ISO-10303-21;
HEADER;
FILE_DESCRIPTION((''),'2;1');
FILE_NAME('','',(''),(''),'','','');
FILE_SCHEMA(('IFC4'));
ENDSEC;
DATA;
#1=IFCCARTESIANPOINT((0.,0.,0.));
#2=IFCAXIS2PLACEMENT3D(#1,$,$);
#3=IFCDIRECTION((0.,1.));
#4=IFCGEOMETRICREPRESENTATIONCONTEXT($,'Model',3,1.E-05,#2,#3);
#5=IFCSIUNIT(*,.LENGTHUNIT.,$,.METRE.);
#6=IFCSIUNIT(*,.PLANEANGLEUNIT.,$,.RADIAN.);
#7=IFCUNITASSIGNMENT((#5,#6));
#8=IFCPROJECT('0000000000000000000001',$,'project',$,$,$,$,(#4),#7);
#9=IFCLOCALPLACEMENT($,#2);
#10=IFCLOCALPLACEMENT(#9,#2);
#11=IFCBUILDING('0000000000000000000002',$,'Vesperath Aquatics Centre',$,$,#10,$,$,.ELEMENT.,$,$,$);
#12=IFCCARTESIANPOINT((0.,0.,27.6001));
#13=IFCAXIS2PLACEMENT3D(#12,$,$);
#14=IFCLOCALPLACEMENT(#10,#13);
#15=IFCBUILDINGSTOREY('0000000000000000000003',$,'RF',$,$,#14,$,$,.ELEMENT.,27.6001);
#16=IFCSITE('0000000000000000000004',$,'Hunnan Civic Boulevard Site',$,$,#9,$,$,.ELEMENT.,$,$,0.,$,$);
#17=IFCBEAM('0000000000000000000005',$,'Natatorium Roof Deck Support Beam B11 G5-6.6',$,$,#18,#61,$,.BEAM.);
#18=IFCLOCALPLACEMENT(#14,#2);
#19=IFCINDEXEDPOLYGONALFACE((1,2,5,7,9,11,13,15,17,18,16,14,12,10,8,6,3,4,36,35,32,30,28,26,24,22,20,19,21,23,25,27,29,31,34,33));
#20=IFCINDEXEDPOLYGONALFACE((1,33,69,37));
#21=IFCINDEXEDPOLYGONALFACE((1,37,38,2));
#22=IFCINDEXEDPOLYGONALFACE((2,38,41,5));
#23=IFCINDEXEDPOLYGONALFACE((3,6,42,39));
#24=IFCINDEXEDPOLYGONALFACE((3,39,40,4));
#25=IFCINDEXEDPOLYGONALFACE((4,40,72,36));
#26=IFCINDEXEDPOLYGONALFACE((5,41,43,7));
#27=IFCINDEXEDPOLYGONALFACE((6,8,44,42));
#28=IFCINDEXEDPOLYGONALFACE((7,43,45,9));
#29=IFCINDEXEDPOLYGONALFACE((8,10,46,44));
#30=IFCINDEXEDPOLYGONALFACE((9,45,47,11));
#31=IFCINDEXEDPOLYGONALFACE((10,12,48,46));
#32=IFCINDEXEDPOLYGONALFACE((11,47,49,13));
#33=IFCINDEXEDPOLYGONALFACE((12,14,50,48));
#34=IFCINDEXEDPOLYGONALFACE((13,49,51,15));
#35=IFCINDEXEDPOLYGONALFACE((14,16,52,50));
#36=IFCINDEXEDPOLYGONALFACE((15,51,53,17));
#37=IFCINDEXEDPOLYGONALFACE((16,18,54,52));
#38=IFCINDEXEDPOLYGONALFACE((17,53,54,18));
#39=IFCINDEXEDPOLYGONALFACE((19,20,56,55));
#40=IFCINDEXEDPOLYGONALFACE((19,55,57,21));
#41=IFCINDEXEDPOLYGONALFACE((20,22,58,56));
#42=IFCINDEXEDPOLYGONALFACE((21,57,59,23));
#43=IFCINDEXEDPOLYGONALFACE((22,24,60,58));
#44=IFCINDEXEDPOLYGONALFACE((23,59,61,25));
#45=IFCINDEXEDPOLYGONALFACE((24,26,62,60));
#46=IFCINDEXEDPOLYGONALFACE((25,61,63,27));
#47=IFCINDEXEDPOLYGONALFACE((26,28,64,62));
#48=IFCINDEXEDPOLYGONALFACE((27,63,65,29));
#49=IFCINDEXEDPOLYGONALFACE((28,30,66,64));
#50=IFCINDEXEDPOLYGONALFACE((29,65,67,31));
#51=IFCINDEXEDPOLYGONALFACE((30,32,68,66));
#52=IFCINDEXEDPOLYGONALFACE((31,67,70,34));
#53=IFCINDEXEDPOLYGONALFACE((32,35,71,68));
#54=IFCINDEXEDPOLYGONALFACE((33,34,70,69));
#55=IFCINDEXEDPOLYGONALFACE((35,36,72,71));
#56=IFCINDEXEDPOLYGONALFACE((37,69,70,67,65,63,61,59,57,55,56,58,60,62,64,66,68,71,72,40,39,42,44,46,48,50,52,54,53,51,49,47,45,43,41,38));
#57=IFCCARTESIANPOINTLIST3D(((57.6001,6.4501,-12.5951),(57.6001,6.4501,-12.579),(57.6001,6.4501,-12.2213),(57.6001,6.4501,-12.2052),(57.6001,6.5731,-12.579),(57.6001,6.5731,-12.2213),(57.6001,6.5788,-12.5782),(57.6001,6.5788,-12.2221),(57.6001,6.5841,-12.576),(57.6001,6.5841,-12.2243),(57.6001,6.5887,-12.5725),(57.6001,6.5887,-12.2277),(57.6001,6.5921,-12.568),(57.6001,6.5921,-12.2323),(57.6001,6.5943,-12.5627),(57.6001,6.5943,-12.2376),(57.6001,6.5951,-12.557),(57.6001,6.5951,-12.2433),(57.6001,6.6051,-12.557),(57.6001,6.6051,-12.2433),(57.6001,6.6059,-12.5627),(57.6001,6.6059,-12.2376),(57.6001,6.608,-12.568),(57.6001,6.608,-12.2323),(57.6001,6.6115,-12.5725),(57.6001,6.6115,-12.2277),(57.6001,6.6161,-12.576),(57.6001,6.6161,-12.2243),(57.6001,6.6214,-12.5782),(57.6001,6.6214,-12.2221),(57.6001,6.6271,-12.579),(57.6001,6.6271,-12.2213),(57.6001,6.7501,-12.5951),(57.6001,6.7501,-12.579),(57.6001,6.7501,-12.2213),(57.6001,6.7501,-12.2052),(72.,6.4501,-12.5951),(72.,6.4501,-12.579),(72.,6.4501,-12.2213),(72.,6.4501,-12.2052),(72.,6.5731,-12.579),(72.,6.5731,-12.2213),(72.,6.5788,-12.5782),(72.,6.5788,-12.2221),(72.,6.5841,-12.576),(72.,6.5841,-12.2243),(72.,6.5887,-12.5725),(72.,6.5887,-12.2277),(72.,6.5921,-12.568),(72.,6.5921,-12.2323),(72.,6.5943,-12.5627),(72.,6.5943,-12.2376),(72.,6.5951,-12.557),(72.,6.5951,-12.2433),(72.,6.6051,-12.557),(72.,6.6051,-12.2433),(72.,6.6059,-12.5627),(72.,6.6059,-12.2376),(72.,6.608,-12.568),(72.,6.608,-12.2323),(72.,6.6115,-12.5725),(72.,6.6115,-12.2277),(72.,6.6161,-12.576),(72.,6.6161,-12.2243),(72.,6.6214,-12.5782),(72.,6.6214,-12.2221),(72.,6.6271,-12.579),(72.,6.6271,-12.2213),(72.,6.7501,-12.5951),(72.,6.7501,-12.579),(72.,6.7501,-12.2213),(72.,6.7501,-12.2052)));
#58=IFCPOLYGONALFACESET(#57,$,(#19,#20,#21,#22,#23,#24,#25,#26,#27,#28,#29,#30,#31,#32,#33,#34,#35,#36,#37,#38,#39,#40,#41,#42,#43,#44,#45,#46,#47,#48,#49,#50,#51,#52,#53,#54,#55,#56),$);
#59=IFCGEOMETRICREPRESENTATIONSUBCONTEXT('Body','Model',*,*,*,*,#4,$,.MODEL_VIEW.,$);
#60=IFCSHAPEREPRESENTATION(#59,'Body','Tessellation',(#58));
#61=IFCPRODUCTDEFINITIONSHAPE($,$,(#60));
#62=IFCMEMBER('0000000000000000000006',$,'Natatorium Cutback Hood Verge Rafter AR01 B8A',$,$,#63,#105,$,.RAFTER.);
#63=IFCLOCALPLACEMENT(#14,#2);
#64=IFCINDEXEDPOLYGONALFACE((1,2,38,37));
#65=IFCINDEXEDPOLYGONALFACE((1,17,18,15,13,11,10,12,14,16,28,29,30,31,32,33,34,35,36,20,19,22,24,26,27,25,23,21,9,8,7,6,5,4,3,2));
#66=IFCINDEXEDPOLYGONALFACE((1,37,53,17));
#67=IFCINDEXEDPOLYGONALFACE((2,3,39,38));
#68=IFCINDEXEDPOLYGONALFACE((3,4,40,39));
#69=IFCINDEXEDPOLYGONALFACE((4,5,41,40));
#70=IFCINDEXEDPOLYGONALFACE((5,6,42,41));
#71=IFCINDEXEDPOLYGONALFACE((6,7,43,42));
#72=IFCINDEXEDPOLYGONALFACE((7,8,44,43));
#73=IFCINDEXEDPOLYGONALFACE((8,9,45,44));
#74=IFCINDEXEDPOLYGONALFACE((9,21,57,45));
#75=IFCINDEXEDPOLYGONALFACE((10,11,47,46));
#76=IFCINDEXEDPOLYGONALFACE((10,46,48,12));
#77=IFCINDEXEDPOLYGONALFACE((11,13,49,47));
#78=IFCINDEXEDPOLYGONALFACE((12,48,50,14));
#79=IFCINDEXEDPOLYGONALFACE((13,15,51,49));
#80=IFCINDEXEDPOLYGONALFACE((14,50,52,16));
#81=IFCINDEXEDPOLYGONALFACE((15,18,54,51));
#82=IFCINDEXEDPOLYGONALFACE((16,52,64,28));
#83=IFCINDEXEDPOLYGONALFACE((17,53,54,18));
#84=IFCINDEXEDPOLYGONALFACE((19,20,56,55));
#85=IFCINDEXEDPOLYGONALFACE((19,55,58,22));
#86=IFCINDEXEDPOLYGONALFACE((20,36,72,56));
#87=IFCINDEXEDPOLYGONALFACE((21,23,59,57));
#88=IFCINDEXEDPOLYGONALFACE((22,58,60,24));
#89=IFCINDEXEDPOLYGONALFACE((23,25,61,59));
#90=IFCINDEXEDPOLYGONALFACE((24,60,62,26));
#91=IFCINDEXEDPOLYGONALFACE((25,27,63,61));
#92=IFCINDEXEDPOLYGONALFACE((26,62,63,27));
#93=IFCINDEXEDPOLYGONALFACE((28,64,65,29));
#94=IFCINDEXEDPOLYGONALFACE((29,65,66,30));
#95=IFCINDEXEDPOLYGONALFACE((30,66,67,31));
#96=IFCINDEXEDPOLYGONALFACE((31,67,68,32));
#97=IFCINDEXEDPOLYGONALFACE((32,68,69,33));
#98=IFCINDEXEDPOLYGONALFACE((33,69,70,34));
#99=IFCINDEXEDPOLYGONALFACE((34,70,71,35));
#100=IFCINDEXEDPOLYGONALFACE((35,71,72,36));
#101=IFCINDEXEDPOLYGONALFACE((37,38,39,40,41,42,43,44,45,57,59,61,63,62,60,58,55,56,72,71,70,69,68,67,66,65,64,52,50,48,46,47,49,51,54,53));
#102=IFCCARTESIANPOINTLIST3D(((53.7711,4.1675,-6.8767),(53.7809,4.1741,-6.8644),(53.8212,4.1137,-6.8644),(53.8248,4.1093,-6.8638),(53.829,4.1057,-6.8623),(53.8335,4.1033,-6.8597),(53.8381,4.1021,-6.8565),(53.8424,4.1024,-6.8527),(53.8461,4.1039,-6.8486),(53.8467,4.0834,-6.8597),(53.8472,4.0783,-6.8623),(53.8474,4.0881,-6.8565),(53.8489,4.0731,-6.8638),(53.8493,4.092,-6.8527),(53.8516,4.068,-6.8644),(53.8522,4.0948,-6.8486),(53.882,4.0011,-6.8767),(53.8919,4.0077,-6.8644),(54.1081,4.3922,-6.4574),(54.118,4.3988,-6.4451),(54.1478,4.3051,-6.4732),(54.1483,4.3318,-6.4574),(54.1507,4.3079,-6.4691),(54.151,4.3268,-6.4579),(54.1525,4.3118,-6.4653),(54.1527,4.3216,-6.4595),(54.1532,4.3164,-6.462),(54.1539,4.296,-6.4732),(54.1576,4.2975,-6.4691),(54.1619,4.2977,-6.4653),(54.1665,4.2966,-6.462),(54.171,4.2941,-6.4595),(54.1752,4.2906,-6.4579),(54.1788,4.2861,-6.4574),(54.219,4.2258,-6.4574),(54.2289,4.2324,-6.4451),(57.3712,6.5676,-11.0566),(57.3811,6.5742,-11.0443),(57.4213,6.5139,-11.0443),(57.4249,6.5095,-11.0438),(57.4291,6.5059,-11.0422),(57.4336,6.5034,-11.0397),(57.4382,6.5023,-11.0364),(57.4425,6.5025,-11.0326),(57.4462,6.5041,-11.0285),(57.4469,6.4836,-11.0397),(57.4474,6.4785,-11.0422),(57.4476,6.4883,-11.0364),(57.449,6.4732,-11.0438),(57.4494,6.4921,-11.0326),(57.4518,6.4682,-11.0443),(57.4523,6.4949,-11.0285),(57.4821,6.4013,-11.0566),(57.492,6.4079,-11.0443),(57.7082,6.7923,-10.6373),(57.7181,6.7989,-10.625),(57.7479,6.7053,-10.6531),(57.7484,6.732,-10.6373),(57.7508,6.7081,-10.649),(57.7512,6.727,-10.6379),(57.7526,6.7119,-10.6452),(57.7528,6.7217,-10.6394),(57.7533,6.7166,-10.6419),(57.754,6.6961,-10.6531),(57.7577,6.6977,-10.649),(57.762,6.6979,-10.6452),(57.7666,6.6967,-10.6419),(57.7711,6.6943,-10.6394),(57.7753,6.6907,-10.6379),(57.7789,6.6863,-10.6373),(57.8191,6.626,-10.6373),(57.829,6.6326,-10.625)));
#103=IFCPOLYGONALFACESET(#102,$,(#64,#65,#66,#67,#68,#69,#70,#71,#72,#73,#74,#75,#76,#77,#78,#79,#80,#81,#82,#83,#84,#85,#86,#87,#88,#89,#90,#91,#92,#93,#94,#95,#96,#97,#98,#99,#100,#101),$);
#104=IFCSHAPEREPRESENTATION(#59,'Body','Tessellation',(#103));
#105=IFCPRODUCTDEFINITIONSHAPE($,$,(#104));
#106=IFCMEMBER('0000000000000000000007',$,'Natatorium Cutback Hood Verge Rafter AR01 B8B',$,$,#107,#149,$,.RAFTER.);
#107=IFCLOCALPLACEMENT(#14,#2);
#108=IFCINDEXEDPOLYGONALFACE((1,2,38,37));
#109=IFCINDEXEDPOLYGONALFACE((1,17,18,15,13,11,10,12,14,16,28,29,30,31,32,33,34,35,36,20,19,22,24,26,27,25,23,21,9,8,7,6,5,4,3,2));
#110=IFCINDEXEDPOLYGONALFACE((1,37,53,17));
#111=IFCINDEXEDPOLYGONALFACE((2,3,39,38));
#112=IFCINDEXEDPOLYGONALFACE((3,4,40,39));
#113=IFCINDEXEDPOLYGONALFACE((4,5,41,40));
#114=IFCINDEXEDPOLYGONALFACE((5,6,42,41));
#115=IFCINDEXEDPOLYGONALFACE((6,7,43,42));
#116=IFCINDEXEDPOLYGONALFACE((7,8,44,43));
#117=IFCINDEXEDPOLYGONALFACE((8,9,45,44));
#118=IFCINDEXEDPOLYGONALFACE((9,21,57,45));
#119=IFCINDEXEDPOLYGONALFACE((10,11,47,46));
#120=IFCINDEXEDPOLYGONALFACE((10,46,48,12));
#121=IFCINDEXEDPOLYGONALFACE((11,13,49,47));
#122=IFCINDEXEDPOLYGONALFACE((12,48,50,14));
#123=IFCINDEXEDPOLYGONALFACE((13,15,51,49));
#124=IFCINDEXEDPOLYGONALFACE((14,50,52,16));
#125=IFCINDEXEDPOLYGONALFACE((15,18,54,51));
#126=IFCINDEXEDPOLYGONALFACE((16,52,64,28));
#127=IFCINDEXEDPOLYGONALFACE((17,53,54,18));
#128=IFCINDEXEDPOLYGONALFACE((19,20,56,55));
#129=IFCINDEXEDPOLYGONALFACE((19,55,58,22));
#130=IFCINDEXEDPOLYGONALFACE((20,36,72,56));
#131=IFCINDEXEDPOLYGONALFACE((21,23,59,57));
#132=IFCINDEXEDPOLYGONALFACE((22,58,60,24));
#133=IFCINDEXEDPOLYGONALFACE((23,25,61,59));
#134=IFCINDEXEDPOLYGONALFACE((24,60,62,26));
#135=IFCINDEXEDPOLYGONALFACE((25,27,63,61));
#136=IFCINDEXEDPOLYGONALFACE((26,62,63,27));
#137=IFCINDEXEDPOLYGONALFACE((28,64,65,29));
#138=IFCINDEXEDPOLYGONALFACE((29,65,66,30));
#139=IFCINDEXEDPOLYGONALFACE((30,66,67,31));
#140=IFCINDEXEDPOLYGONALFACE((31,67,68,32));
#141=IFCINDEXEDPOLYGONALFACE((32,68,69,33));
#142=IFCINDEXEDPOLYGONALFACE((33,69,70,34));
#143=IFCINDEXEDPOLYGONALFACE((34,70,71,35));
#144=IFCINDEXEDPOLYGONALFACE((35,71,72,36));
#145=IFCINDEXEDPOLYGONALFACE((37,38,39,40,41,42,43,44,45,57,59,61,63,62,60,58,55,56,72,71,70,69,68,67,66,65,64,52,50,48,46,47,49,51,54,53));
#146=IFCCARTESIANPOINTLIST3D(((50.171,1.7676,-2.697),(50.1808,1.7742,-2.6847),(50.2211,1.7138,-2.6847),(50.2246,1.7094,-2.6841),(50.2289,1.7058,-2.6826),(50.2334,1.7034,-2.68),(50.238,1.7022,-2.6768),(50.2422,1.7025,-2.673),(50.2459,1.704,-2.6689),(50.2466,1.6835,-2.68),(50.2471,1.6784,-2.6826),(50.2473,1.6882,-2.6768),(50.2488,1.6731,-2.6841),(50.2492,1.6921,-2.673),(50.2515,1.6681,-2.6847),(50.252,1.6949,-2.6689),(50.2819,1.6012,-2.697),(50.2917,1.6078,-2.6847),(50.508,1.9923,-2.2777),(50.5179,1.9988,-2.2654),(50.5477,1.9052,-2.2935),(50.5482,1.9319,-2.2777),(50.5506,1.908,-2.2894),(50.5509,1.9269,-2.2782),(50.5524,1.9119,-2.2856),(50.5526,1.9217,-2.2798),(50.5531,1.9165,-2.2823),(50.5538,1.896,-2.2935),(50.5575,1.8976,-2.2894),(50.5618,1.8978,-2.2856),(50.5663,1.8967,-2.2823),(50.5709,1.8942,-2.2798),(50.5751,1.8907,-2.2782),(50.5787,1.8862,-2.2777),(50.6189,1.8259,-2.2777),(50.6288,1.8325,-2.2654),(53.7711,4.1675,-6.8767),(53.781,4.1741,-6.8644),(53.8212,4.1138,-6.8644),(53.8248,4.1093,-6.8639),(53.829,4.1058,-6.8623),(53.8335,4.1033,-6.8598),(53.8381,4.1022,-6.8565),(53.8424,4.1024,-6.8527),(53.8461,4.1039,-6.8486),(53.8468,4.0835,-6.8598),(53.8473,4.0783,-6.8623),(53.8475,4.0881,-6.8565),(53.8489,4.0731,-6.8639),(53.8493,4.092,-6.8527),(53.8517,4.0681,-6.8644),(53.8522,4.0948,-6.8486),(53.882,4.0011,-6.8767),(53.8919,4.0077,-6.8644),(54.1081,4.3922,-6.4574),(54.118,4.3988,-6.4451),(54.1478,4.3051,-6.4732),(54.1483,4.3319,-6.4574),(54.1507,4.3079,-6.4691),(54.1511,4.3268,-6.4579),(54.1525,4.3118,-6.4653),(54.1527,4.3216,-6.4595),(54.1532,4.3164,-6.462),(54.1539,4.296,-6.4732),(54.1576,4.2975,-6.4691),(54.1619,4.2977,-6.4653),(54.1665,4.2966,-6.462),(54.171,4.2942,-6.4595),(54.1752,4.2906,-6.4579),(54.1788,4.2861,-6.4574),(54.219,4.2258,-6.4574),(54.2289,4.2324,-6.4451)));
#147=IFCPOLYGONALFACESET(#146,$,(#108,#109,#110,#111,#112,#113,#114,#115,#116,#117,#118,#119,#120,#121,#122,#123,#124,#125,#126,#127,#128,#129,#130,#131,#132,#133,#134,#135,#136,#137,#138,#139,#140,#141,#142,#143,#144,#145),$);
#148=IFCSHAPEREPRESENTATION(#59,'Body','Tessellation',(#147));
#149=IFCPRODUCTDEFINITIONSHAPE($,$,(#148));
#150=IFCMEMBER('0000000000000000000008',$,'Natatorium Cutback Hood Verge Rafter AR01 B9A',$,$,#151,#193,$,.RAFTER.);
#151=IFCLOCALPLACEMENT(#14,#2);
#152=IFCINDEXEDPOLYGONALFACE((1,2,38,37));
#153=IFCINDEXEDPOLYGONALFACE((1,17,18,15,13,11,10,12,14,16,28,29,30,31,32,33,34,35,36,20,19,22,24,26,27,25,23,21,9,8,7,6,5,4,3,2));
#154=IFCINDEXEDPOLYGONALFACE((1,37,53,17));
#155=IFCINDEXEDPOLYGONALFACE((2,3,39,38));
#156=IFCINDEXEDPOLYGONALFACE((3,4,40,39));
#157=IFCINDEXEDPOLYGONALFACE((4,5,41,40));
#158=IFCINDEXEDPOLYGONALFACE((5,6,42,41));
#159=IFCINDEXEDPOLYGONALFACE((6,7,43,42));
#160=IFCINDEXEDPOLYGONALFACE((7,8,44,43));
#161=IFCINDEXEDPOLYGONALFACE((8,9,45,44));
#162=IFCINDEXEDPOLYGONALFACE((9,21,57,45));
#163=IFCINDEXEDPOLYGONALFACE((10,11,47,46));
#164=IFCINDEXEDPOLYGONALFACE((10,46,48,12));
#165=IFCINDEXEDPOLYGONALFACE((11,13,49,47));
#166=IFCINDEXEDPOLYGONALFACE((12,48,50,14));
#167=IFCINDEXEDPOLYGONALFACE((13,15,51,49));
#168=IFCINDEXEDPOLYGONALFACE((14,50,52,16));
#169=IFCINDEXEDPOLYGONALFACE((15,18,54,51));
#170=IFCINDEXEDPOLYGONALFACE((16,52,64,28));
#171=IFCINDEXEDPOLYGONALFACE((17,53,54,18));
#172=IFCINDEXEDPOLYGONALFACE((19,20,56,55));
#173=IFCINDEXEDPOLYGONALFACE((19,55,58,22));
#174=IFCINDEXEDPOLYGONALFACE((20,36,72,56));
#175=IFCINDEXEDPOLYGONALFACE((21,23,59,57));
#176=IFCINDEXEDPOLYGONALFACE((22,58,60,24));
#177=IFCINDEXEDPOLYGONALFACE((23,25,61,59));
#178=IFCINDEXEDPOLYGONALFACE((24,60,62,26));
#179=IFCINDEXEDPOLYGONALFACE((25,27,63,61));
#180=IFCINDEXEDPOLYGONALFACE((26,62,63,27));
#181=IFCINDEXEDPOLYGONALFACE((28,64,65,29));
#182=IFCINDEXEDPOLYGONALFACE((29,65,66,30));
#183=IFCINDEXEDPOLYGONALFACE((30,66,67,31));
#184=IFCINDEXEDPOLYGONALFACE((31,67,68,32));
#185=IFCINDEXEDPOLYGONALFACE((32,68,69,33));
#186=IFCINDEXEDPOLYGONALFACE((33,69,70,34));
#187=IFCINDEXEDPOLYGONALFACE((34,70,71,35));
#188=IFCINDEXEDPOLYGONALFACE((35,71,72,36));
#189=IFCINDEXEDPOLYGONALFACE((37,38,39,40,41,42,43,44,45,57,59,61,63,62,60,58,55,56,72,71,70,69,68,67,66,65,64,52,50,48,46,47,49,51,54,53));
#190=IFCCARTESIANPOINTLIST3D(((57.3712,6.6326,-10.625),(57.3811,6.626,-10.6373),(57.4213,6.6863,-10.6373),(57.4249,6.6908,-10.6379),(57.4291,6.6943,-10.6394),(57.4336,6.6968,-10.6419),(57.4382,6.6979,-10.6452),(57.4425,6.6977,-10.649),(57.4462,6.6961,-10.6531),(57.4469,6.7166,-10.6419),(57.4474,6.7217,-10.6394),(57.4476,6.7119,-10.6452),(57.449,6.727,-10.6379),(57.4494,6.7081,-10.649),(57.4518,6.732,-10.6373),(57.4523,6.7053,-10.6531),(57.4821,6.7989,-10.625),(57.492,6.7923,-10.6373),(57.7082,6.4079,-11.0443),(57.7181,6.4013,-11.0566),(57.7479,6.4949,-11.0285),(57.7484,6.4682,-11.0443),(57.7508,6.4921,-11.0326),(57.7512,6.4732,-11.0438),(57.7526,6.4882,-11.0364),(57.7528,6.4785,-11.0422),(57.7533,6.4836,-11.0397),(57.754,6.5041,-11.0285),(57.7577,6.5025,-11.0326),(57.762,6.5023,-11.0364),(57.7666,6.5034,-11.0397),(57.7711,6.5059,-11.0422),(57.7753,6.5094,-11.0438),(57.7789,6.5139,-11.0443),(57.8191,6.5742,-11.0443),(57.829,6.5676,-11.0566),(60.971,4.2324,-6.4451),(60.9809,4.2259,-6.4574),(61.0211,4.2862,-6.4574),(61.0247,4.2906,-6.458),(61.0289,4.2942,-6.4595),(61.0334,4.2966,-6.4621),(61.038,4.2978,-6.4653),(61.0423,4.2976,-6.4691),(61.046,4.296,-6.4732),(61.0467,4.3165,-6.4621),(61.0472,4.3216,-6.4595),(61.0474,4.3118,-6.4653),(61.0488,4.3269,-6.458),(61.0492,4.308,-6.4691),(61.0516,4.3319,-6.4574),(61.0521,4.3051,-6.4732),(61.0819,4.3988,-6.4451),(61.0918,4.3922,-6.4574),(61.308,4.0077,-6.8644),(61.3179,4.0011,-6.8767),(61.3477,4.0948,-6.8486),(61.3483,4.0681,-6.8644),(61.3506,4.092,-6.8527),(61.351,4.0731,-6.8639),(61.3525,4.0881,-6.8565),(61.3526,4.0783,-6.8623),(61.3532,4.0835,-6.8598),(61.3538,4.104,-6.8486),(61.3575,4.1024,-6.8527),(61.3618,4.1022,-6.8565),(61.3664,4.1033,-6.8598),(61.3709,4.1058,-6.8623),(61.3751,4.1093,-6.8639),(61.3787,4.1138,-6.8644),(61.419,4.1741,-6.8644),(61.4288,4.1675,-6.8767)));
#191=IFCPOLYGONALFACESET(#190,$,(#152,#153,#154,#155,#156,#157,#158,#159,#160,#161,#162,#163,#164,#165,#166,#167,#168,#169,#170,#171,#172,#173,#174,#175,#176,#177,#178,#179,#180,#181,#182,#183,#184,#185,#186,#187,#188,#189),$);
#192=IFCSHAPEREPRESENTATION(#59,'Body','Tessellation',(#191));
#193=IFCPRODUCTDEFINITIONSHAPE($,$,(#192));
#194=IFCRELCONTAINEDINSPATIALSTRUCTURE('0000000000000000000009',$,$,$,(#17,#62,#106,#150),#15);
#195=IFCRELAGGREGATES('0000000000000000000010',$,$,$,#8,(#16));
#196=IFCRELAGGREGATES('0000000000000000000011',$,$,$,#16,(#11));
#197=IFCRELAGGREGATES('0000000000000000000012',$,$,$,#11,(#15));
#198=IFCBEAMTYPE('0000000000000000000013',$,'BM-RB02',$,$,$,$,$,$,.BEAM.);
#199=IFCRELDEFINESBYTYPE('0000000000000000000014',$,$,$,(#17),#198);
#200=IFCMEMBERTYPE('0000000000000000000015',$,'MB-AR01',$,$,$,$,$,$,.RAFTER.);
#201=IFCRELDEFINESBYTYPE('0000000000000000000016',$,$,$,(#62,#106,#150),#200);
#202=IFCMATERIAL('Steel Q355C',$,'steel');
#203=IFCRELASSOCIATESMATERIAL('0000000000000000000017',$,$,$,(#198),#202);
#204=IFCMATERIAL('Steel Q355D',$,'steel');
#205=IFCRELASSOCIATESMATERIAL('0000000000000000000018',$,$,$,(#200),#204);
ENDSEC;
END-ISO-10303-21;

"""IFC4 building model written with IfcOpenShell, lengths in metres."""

from ifc_helpers import new_model, si_unit, direction, frame, origin, origin_2d, place, context, subcontext, project, spatial, i_section, extrude, material, material_profile, profile_set, type_object, element, save


model = new_model("IFC4")

# Units and contexts
model_context = context("Model", 3, precision=1e-05, world=origin(), true_north=direction((0.0, 1.0)))
body_context = subcontext(model_context, "Body", "Model", "MODEL_VIEW")
ifc_project = project(units=[si_unit("LENGTHUNIT", "METRE"), si_unit("PLANEANGLEUNIT", "RADIAN")], contexts=[model_context])

# Site, building, storey
site_placement = place(None, origin())
site = spatial("IfcSite", under=ifc_project, at=site_placement, Name="Hunnan Civic Boulevard Site", CompositionType="ELEMENT", RefElevation=0.0)
building_placement = place(site_placement, origin())
building = spatial("IfcBuilding", under=site, at=building_placement, Name="Vesperath Aquatics Centre", CompositionType="ELEMENT")
storey_placement = place(building_placement, frame((0.0, 0.0, 27.6001)))
storey = spatial("IfcBuildingStorey", under=building, at=storey_placement, Name="RF", CompositionType="ELEMENT", Elevation=27.6001)

# Beam
ifc_material_1 = material(Name="Steel Q355C", Category="steel")
ifc_material_profile_1 = material_profile(ifc_material_1, i_section(OverallWidth=0.3, OverallDepth=0.3899, WebThickness=0.01, FlangeThickness=0.0161, FilletRadius=0.022, at=origin_2d()), Name="HM 390x300x10x16")
ifc_profile_set_1 = profile_set([ifc_material_profile_1], Name="Steel Q355C")
beam_type = type_object("IfcBeamType", Name="BM-RB02", PredefinedType="BEAM", material=ifc_profile_set_1)
beam_placement = place(storey_placement, frame((57.6001, 6.6001, -12.4001), z_axis=(1.0, 0.0, 0.0), x_axis=(0.0, 1.0, 0.0)))
element("IfcBeam", 1, at=beam_placement, inside=storey, type_object=beam_type, Name="Natatorium Roof Deck Support Beam B11 G5-6.6", PredefinedType="BEAM", context=body_context, shape_type="SweptSolid", body=[
    extrude(i_section(OverallWidth=0.3, OverallDepth=0.3899, WebThickness=0.01, FlangeThickness=0.0161, FilletRadius=0.022, at=origin_2d()), origin(), (0.0, 0.0, 1.0), 14.3999),
])

# Members
ifc_material_2 = material(Name="Steel Q355D", Category="steel")
ifc_material_profile_2 = material_profile(ifc_material_2, i_section(OverallWidth=0.2, OverallDepth=0.6001, WebThickness=0.011, FlangeThickness=0.0171, FilletRadius=0.022, at=origin_2d()), Name="HN 600x200x11x17")
ifc_profile_set_2 = profile_set([ifc_material_profile_2], Name="Steel Q355D")
member_type_1 = type_object("IfcMemberType", Name="MB-AR01", PredefinedType="RAFTER", material=ifc_profile_set_2)
member_1_placement = place(storey_placement, frame((57.6001, 6.6001, -10.8408), z_axis=(-0.598412, -0.398955, 0.694793), x_axis=(0.554713, -0.832042, 0.0)))
element("IfcMember", 2, at=member_1_placement, inside=storey, type_object=member_type_1, Name="Natatorium Cutback Hood Verge Rafter AR01 B8A", PredefinedType="RAFTER", context=body_context, shape_type="SweptSolid", body=[
    extrude(i_section(OverallWidth=0.2, OverallDepth=0.6001, WebThickness=0.011, FlangeThickness=0.0171, FilletRadius=0.022, at=origin_2d()), origin(), (0.0, 0.0, 1.0), 6.0161),
])
for number, where, z_axis, x_axis, name in (
    (3, (54.0, 4.2, -6.6609), (-0.598439, -0.398932, 0.694783), (0.554674, -0.832068, 0.0), "Natatorium Cutback Hood Verge Rafter AR01 B8B"),
    (4, (57.6001, 6.6001, -10.8408), (0.598386, -0.398965, 0.69481), (0.554739, 0.832024, 0.0), "Natatorium Cutback Hood Verge Rafter AR01 B9A"),
):
    element("IfcMember", number, at=place(storey_placement, frame(where, z_axis=z_axis, x_axis=x_axis)), inside=storey, type_object=member_type_1, Name=name, PredefinedType="RAFTER", context=body_context, shape_type="SweptSolid", body=[
        extrude(i_section(OverallWidth=0.2, OverallDepth=0.6001, WebThickness=0.011, FlangeThickness=0.0171, FilletRadius=0.022, at=origin_2d()), origin(), (0.0, 0.0, 1.0), 6.0159),
    ])

save(model, "model.ifc")
